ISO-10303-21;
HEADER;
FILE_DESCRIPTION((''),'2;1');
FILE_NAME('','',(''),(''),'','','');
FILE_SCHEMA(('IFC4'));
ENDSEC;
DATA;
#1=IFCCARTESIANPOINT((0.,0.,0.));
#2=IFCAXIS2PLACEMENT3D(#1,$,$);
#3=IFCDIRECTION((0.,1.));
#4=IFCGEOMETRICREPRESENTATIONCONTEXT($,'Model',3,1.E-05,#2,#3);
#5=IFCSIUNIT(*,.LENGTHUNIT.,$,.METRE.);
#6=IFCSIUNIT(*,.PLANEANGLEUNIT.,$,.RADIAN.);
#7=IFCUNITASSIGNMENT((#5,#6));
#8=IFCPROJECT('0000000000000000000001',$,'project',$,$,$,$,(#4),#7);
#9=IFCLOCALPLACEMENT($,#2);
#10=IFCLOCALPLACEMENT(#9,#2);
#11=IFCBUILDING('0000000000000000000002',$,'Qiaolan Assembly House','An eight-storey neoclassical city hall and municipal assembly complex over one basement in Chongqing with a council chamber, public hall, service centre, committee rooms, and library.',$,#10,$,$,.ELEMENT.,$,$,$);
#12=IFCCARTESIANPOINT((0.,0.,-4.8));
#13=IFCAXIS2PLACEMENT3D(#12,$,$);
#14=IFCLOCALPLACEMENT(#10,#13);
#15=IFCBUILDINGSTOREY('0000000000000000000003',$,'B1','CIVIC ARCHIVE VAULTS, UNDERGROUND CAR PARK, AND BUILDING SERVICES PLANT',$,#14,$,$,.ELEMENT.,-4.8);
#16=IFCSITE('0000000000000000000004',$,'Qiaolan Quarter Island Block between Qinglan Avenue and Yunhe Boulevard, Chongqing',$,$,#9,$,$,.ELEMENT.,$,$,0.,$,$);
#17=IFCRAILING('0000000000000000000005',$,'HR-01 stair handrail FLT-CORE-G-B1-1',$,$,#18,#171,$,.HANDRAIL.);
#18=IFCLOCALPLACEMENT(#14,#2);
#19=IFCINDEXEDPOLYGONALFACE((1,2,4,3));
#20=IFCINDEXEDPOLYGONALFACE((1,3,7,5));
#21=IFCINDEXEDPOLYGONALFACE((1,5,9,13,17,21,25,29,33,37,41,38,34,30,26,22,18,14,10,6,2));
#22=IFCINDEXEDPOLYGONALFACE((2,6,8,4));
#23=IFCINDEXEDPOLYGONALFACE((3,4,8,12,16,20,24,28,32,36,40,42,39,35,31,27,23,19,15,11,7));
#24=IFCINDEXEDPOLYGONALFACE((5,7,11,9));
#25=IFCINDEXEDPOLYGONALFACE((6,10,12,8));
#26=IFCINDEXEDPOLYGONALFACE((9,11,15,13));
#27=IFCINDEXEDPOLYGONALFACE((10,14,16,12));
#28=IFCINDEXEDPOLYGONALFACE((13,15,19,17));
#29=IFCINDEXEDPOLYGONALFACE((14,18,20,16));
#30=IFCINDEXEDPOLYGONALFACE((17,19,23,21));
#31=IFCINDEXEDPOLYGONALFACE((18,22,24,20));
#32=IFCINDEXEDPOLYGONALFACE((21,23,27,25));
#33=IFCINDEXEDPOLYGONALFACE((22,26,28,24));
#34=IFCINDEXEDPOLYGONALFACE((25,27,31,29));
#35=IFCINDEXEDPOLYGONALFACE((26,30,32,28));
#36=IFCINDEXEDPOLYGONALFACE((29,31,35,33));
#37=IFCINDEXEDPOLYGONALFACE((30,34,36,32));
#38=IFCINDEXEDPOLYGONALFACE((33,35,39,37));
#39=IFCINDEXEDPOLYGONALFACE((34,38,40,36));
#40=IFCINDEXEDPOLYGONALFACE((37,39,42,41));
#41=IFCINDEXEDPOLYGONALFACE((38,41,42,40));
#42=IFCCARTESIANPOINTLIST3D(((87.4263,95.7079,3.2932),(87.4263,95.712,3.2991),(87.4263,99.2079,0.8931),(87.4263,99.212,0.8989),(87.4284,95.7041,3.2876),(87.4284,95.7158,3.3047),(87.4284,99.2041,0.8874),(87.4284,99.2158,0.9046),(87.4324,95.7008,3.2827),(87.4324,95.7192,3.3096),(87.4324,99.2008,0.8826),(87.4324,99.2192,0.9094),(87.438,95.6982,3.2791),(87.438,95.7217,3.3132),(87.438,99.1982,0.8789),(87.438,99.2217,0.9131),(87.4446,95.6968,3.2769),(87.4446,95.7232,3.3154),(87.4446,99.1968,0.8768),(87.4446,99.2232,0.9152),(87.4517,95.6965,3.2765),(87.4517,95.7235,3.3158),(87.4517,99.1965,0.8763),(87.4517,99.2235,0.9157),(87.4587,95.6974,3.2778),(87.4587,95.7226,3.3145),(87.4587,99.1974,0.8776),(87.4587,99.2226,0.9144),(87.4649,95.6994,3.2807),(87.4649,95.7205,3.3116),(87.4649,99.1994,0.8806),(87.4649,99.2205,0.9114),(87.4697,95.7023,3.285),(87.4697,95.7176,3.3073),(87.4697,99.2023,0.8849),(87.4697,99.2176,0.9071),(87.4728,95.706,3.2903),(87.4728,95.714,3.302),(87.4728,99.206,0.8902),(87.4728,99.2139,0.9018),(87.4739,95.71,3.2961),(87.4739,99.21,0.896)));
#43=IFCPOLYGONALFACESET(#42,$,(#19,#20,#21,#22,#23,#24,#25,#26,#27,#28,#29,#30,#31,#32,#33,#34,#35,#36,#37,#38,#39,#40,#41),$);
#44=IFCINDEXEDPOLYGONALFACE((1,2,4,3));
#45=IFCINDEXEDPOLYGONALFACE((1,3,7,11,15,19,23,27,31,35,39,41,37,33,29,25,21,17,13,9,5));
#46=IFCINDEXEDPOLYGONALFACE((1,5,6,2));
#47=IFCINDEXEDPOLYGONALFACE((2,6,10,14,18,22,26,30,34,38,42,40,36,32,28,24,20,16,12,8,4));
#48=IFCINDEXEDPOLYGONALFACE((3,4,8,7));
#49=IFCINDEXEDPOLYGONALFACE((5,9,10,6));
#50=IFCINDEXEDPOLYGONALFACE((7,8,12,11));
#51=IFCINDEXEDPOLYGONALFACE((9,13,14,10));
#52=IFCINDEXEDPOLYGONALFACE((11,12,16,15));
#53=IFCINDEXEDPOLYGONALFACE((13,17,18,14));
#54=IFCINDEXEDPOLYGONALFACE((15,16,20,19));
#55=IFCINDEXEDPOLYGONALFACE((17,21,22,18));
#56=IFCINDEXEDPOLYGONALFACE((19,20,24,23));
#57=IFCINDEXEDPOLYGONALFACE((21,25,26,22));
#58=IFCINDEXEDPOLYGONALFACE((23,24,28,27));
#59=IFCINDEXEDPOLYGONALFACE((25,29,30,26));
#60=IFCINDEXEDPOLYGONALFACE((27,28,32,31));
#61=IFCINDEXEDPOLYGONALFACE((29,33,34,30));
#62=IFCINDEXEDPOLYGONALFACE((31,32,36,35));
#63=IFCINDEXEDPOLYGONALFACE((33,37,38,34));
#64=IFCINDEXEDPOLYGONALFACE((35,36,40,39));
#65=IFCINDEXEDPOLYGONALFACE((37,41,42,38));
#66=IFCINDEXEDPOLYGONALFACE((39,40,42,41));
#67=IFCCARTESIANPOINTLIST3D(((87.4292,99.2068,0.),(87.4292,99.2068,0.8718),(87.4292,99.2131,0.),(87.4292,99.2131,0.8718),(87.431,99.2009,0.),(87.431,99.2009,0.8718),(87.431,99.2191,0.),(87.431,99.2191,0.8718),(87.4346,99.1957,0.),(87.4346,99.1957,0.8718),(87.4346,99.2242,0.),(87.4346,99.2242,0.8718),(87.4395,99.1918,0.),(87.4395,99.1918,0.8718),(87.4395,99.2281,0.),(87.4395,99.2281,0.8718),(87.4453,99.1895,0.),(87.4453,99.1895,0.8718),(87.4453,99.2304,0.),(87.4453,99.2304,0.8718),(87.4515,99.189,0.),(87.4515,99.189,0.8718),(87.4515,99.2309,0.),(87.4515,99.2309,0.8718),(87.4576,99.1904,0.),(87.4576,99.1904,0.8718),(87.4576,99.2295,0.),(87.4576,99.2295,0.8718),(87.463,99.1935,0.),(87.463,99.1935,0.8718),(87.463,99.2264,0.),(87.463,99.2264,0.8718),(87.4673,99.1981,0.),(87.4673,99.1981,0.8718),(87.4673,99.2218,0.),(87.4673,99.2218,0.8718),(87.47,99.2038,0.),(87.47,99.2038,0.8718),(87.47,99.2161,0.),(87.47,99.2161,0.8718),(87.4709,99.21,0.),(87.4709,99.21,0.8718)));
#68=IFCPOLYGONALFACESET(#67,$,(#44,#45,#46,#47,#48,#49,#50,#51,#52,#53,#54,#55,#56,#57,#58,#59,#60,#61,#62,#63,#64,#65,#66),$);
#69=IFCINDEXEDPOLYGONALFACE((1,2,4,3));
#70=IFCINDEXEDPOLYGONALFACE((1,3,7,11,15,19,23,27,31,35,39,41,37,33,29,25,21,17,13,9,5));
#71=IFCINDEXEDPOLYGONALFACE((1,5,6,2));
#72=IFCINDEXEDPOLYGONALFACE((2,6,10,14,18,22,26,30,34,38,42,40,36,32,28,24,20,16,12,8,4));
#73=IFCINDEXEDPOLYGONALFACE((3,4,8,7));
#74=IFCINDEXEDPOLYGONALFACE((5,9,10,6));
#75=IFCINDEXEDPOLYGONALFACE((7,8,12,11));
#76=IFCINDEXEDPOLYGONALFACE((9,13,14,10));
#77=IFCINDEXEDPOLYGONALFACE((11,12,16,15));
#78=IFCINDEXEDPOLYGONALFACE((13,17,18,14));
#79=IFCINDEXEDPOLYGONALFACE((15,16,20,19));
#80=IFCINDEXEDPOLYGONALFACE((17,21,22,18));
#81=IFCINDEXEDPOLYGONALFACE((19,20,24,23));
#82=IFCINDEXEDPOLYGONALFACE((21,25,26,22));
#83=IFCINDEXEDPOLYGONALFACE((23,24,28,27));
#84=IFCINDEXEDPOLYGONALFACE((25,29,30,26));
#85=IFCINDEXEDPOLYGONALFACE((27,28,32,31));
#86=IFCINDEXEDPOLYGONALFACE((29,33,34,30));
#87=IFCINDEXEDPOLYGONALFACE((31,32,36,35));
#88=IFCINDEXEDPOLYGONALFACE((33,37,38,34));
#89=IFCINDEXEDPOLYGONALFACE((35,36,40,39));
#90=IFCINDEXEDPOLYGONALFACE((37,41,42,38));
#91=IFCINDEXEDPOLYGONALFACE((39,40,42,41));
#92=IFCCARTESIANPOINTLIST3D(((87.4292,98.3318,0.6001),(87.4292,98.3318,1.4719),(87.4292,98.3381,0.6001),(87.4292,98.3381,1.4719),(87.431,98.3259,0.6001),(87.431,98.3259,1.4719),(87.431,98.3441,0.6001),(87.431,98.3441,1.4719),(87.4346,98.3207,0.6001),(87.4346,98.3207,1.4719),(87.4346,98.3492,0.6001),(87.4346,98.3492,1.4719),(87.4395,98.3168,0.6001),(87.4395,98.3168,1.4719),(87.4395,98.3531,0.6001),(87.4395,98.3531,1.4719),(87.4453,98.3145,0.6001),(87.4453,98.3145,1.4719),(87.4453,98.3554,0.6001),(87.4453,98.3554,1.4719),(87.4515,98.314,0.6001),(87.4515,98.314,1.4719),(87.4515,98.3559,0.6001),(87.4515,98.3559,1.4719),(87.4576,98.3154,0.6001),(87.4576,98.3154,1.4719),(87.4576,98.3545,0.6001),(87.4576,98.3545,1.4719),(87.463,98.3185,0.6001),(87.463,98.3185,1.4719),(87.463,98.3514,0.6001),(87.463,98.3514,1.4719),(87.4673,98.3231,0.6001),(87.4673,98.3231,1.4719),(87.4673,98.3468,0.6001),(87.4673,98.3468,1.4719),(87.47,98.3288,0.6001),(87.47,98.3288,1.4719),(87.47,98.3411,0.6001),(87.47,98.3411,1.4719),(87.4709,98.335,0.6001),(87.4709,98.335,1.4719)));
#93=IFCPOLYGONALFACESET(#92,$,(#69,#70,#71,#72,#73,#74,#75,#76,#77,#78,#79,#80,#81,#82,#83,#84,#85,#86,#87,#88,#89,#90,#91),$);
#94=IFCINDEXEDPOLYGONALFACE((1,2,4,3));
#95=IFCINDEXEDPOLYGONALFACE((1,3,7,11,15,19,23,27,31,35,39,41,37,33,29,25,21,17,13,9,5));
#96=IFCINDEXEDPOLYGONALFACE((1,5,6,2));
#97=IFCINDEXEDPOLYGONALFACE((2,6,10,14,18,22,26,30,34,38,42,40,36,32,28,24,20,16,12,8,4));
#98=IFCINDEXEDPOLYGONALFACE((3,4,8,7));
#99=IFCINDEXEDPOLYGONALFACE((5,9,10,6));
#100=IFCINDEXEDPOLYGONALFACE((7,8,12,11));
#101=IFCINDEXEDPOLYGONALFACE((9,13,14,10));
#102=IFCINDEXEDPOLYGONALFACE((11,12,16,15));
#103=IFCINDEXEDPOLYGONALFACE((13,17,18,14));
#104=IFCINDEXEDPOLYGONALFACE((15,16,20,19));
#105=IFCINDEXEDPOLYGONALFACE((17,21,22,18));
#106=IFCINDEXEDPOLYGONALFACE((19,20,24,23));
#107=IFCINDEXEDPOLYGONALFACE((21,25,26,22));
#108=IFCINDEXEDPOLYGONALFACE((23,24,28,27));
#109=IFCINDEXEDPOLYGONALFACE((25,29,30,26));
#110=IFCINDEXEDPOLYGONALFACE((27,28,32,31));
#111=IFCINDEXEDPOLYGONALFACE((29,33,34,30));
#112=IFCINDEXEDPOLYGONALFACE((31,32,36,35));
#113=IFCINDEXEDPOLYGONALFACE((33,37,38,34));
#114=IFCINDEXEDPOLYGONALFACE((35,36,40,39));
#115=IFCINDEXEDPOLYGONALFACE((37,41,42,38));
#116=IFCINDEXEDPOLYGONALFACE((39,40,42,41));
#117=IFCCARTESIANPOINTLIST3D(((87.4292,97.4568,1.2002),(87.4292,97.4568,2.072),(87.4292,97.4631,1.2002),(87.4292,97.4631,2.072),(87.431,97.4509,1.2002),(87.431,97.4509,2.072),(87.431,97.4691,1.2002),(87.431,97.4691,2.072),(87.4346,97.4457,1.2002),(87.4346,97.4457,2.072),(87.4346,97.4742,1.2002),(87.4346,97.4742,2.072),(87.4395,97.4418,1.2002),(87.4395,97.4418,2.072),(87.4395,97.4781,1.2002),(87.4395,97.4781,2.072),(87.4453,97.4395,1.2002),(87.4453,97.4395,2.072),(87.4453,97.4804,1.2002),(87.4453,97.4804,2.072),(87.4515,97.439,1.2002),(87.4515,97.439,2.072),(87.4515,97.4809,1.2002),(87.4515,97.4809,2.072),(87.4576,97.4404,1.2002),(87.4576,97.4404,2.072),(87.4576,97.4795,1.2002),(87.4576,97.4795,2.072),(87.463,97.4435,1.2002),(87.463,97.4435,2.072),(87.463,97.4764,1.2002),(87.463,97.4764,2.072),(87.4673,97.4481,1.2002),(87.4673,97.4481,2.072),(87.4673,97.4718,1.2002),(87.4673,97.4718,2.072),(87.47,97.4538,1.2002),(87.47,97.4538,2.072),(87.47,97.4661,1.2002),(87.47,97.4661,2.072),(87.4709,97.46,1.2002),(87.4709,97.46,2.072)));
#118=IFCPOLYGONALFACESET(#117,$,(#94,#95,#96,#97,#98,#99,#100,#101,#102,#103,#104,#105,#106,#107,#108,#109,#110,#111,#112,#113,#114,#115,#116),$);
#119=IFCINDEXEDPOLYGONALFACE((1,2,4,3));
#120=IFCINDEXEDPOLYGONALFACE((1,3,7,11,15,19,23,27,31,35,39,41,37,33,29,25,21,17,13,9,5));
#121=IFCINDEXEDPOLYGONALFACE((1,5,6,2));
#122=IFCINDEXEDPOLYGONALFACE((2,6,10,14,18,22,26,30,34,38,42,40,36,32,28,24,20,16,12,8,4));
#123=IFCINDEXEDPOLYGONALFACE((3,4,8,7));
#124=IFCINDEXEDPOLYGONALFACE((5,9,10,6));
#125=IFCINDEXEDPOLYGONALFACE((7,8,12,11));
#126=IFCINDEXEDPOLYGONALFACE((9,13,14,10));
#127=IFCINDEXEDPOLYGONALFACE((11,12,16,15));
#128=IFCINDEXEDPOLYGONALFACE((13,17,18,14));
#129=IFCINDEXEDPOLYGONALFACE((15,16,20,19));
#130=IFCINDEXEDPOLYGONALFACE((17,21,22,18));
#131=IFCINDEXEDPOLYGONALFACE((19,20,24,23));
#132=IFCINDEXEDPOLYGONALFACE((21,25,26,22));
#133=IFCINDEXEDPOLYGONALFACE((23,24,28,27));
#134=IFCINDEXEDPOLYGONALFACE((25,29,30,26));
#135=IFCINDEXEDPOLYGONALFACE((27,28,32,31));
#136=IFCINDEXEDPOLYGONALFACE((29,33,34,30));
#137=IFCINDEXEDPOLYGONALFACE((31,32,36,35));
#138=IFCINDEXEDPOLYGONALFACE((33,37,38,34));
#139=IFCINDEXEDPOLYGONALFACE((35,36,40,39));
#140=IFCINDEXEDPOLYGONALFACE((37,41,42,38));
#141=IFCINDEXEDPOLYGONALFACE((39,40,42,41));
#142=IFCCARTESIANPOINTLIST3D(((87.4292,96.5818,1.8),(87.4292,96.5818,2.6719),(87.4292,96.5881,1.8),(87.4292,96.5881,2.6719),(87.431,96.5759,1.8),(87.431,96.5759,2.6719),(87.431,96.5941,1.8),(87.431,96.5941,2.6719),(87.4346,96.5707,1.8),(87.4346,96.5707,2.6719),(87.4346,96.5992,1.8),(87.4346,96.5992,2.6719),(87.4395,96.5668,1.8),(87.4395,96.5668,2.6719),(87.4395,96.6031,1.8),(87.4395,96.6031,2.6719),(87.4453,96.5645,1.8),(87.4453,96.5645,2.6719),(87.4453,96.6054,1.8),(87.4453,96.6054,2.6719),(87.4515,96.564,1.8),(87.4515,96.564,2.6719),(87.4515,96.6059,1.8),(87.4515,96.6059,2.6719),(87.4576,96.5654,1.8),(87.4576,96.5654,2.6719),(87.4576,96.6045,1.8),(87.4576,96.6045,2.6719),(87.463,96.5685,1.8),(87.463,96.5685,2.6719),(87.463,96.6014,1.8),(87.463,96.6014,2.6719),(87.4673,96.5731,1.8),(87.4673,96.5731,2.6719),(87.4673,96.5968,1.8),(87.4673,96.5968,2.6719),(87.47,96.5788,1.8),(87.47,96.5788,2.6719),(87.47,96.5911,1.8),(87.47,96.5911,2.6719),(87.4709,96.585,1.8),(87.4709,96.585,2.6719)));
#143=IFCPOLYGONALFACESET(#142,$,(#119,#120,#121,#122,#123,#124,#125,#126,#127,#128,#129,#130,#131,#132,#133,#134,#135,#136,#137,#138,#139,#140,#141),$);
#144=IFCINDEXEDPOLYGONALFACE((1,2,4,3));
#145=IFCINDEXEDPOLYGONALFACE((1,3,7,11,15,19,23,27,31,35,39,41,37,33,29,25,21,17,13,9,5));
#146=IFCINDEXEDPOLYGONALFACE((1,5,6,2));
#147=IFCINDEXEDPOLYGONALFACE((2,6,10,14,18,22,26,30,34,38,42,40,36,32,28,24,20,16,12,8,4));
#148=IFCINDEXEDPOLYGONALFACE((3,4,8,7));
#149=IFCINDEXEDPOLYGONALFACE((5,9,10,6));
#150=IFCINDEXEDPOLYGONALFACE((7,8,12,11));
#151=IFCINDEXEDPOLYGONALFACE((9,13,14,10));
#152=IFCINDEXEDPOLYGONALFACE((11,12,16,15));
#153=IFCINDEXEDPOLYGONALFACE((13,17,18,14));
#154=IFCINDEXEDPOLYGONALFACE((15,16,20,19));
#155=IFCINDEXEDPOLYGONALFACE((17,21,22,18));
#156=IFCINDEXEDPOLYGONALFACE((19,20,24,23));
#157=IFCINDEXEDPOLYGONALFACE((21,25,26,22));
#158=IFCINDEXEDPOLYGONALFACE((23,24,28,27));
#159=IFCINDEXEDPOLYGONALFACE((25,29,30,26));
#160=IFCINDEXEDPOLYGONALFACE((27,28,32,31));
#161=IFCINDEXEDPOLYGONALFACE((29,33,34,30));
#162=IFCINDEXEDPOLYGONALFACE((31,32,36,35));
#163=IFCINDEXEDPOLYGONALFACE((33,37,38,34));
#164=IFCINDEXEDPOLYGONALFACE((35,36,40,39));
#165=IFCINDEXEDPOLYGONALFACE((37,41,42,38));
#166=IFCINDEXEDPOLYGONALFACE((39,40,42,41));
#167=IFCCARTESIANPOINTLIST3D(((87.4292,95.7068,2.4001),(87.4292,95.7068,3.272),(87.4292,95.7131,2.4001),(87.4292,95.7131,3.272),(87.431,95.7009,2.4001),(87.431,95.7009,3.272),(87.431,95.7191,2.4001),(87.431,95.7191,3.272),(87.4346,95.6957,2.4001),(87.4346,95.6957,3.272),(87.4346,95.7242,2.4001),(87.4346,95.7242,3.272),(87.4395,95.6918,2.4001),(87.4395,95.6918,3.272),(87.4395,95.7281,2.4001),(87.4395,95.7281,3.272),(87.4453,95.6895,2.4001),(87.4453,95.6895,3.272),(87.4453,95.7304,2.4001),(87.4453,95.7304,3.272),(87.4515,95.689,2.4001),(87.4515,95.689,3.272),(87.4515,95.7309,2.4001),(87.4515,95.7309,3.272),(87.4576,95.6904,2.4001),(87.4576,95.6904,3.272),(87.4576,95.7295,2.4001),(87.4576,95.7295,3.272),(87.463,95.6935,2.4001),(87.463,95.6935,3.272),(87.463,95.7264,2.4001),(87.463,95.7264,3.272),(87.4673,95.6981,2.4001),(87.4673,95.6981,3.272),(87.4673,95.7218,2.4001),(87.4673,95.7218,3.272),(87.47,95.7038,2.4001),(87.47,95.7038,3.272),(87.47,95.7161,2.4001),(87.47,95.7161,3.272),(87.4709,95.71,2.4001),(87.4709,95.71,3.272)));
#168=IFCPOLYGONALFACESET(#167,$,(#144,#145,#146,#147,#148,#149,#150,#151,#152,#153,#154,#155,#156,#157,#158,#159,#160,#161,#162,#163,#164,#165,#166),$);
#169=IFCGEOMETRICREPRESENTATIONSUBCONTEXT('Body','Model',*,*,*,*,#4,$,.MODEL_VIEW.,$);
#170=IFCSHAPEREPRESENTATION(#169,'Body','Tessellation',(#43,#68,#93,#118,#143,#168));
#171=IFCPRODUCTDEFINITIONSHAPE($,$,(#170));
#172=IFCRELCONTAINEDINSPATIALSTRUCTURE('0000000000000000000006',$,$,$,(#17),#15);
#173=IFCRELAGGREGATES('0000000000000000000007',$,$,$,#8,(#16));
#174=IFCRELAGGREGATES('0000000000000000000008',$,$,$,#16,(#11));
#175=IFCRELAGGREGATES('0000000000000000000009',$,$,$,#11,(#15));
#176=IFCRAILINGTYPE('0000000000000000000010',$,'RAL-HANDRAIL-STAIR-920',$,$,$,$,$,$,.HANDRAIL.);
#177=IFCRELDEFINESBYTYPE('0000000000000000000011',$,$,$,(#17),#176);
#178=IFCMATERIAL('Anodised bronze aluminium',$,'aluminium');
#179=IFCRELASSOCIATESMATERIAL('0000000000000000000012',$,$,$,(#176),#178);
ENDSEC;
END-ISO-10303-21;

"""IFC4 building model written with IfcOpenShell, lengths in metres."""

from ifc_helpers import new_model, si_unit, direction, frame, origin, origin_2d, place, context, subcontext, project, spatial, circle, extrude, material, type_object, element, save


model = new_model("IFC4")

# Units and contexts
model_context = context("Model", 3, precision=1e-05, world=origin(), true_north=direction((0.0, 1.0)))
body_context = subcontext(model_context, "Body", "Model", "MODEL_VIEW")
ifc_project = project(units=[si_unit("LENGTHUNIT", "METRE"), si_unit("PLANEANGLEUNIT", "RADIAN")], contexts=[model_context])

# Site, building, storey
site_placement = place(None, origin())
site = spatial("IfcSite", under=ifc_project, at=site_placement, Name="Qiaolan Quarter Island Block between Qinglan Avenue and Yunhe Boulevard, Chongqing", CompositionType="ELEMENT", RefElevation=0.0)
building_placement = place(site_placement, origin())
building = spatial("IfcBuilding", under=site, at=building_placement, Name="Qiaolan Assembly House", Description="An eight-storey neoclassical city hall and municipal assembly complex over one basement in Chongqing with a council chamber, public hall, service centre, committee rooms, and library.", CompositionType="ELEMENT")
storey_placement = place(building_placement, frame((0.0, 0.0, -4.8)))
storey = spatial("IfcBuildingStorey", under=building, at=storey_placement, Name="B1", Description="CIVIC ARCHIVE VAULTS, UNDERGROUND CAR PARK, AND BUILDING SERVICES PLANT", CompositionType="ELEMENT", Elevation=-4.8)

# Railing
ifc_material_1 = material(Name="Anodised bronze aluminium", Category="aluminium")
railing_type_1 = type_object("IfcRailingType", Name="RAL-HANDRAIL-STAIR-920", PredefinedType="HANDRAIL", material=ifc_material_1)
railing_placement = place(storey_placement, frame((87.45, 99.21, 0.0)))
element("IfcRailing", 1, at=railing_placement, inside=storey, type_object=railing_type_1, Name="HR-01 stair handrail FLT-CORE-G-B1-1", PredefinedType="HANDRAIL", context=body_context, shape_type="SweptSolid", body=[
    extrude(circle(Radius=0.0239, at=origin_2d()), frame((0.0, 0.0, 0.896), z_axis=(0.0, -0.824713, 0.565552), x_axis=(1.0, 0.0, 0.0)), (0.0, 0.0, 1.0), 4.2439),
    extrude(circle(Radius=0.021, at=origin_2d()), origin(), (0.0, 0.0, 1.0), 0.8718),
    extrude(circle(Radius=0.021, at=origin_2d()), frame((0.0, -0.875, 0.6001)), (0.0, 0.0, 1.0), 0.8718),
    extrude(circle(Radius=0.021, at=origin_2d()), frame((0.0, -1.75, 1.2002)), (0.0, 0.0, 1.0), 0.8718),
    extrude(circle(Radius=0.021, at=origin_2d()), frame((0.0, -2.625, 1.8)), (0.0, 0.0, 1.0), 0.8718),
    extrude(circle(Radius=0.021, at=origin_2d()), frame((0.0, -3.5, 2.4001)), (0.0, 0.0, 1.0), 0.8718),
])

save(model, "model.ifc")
